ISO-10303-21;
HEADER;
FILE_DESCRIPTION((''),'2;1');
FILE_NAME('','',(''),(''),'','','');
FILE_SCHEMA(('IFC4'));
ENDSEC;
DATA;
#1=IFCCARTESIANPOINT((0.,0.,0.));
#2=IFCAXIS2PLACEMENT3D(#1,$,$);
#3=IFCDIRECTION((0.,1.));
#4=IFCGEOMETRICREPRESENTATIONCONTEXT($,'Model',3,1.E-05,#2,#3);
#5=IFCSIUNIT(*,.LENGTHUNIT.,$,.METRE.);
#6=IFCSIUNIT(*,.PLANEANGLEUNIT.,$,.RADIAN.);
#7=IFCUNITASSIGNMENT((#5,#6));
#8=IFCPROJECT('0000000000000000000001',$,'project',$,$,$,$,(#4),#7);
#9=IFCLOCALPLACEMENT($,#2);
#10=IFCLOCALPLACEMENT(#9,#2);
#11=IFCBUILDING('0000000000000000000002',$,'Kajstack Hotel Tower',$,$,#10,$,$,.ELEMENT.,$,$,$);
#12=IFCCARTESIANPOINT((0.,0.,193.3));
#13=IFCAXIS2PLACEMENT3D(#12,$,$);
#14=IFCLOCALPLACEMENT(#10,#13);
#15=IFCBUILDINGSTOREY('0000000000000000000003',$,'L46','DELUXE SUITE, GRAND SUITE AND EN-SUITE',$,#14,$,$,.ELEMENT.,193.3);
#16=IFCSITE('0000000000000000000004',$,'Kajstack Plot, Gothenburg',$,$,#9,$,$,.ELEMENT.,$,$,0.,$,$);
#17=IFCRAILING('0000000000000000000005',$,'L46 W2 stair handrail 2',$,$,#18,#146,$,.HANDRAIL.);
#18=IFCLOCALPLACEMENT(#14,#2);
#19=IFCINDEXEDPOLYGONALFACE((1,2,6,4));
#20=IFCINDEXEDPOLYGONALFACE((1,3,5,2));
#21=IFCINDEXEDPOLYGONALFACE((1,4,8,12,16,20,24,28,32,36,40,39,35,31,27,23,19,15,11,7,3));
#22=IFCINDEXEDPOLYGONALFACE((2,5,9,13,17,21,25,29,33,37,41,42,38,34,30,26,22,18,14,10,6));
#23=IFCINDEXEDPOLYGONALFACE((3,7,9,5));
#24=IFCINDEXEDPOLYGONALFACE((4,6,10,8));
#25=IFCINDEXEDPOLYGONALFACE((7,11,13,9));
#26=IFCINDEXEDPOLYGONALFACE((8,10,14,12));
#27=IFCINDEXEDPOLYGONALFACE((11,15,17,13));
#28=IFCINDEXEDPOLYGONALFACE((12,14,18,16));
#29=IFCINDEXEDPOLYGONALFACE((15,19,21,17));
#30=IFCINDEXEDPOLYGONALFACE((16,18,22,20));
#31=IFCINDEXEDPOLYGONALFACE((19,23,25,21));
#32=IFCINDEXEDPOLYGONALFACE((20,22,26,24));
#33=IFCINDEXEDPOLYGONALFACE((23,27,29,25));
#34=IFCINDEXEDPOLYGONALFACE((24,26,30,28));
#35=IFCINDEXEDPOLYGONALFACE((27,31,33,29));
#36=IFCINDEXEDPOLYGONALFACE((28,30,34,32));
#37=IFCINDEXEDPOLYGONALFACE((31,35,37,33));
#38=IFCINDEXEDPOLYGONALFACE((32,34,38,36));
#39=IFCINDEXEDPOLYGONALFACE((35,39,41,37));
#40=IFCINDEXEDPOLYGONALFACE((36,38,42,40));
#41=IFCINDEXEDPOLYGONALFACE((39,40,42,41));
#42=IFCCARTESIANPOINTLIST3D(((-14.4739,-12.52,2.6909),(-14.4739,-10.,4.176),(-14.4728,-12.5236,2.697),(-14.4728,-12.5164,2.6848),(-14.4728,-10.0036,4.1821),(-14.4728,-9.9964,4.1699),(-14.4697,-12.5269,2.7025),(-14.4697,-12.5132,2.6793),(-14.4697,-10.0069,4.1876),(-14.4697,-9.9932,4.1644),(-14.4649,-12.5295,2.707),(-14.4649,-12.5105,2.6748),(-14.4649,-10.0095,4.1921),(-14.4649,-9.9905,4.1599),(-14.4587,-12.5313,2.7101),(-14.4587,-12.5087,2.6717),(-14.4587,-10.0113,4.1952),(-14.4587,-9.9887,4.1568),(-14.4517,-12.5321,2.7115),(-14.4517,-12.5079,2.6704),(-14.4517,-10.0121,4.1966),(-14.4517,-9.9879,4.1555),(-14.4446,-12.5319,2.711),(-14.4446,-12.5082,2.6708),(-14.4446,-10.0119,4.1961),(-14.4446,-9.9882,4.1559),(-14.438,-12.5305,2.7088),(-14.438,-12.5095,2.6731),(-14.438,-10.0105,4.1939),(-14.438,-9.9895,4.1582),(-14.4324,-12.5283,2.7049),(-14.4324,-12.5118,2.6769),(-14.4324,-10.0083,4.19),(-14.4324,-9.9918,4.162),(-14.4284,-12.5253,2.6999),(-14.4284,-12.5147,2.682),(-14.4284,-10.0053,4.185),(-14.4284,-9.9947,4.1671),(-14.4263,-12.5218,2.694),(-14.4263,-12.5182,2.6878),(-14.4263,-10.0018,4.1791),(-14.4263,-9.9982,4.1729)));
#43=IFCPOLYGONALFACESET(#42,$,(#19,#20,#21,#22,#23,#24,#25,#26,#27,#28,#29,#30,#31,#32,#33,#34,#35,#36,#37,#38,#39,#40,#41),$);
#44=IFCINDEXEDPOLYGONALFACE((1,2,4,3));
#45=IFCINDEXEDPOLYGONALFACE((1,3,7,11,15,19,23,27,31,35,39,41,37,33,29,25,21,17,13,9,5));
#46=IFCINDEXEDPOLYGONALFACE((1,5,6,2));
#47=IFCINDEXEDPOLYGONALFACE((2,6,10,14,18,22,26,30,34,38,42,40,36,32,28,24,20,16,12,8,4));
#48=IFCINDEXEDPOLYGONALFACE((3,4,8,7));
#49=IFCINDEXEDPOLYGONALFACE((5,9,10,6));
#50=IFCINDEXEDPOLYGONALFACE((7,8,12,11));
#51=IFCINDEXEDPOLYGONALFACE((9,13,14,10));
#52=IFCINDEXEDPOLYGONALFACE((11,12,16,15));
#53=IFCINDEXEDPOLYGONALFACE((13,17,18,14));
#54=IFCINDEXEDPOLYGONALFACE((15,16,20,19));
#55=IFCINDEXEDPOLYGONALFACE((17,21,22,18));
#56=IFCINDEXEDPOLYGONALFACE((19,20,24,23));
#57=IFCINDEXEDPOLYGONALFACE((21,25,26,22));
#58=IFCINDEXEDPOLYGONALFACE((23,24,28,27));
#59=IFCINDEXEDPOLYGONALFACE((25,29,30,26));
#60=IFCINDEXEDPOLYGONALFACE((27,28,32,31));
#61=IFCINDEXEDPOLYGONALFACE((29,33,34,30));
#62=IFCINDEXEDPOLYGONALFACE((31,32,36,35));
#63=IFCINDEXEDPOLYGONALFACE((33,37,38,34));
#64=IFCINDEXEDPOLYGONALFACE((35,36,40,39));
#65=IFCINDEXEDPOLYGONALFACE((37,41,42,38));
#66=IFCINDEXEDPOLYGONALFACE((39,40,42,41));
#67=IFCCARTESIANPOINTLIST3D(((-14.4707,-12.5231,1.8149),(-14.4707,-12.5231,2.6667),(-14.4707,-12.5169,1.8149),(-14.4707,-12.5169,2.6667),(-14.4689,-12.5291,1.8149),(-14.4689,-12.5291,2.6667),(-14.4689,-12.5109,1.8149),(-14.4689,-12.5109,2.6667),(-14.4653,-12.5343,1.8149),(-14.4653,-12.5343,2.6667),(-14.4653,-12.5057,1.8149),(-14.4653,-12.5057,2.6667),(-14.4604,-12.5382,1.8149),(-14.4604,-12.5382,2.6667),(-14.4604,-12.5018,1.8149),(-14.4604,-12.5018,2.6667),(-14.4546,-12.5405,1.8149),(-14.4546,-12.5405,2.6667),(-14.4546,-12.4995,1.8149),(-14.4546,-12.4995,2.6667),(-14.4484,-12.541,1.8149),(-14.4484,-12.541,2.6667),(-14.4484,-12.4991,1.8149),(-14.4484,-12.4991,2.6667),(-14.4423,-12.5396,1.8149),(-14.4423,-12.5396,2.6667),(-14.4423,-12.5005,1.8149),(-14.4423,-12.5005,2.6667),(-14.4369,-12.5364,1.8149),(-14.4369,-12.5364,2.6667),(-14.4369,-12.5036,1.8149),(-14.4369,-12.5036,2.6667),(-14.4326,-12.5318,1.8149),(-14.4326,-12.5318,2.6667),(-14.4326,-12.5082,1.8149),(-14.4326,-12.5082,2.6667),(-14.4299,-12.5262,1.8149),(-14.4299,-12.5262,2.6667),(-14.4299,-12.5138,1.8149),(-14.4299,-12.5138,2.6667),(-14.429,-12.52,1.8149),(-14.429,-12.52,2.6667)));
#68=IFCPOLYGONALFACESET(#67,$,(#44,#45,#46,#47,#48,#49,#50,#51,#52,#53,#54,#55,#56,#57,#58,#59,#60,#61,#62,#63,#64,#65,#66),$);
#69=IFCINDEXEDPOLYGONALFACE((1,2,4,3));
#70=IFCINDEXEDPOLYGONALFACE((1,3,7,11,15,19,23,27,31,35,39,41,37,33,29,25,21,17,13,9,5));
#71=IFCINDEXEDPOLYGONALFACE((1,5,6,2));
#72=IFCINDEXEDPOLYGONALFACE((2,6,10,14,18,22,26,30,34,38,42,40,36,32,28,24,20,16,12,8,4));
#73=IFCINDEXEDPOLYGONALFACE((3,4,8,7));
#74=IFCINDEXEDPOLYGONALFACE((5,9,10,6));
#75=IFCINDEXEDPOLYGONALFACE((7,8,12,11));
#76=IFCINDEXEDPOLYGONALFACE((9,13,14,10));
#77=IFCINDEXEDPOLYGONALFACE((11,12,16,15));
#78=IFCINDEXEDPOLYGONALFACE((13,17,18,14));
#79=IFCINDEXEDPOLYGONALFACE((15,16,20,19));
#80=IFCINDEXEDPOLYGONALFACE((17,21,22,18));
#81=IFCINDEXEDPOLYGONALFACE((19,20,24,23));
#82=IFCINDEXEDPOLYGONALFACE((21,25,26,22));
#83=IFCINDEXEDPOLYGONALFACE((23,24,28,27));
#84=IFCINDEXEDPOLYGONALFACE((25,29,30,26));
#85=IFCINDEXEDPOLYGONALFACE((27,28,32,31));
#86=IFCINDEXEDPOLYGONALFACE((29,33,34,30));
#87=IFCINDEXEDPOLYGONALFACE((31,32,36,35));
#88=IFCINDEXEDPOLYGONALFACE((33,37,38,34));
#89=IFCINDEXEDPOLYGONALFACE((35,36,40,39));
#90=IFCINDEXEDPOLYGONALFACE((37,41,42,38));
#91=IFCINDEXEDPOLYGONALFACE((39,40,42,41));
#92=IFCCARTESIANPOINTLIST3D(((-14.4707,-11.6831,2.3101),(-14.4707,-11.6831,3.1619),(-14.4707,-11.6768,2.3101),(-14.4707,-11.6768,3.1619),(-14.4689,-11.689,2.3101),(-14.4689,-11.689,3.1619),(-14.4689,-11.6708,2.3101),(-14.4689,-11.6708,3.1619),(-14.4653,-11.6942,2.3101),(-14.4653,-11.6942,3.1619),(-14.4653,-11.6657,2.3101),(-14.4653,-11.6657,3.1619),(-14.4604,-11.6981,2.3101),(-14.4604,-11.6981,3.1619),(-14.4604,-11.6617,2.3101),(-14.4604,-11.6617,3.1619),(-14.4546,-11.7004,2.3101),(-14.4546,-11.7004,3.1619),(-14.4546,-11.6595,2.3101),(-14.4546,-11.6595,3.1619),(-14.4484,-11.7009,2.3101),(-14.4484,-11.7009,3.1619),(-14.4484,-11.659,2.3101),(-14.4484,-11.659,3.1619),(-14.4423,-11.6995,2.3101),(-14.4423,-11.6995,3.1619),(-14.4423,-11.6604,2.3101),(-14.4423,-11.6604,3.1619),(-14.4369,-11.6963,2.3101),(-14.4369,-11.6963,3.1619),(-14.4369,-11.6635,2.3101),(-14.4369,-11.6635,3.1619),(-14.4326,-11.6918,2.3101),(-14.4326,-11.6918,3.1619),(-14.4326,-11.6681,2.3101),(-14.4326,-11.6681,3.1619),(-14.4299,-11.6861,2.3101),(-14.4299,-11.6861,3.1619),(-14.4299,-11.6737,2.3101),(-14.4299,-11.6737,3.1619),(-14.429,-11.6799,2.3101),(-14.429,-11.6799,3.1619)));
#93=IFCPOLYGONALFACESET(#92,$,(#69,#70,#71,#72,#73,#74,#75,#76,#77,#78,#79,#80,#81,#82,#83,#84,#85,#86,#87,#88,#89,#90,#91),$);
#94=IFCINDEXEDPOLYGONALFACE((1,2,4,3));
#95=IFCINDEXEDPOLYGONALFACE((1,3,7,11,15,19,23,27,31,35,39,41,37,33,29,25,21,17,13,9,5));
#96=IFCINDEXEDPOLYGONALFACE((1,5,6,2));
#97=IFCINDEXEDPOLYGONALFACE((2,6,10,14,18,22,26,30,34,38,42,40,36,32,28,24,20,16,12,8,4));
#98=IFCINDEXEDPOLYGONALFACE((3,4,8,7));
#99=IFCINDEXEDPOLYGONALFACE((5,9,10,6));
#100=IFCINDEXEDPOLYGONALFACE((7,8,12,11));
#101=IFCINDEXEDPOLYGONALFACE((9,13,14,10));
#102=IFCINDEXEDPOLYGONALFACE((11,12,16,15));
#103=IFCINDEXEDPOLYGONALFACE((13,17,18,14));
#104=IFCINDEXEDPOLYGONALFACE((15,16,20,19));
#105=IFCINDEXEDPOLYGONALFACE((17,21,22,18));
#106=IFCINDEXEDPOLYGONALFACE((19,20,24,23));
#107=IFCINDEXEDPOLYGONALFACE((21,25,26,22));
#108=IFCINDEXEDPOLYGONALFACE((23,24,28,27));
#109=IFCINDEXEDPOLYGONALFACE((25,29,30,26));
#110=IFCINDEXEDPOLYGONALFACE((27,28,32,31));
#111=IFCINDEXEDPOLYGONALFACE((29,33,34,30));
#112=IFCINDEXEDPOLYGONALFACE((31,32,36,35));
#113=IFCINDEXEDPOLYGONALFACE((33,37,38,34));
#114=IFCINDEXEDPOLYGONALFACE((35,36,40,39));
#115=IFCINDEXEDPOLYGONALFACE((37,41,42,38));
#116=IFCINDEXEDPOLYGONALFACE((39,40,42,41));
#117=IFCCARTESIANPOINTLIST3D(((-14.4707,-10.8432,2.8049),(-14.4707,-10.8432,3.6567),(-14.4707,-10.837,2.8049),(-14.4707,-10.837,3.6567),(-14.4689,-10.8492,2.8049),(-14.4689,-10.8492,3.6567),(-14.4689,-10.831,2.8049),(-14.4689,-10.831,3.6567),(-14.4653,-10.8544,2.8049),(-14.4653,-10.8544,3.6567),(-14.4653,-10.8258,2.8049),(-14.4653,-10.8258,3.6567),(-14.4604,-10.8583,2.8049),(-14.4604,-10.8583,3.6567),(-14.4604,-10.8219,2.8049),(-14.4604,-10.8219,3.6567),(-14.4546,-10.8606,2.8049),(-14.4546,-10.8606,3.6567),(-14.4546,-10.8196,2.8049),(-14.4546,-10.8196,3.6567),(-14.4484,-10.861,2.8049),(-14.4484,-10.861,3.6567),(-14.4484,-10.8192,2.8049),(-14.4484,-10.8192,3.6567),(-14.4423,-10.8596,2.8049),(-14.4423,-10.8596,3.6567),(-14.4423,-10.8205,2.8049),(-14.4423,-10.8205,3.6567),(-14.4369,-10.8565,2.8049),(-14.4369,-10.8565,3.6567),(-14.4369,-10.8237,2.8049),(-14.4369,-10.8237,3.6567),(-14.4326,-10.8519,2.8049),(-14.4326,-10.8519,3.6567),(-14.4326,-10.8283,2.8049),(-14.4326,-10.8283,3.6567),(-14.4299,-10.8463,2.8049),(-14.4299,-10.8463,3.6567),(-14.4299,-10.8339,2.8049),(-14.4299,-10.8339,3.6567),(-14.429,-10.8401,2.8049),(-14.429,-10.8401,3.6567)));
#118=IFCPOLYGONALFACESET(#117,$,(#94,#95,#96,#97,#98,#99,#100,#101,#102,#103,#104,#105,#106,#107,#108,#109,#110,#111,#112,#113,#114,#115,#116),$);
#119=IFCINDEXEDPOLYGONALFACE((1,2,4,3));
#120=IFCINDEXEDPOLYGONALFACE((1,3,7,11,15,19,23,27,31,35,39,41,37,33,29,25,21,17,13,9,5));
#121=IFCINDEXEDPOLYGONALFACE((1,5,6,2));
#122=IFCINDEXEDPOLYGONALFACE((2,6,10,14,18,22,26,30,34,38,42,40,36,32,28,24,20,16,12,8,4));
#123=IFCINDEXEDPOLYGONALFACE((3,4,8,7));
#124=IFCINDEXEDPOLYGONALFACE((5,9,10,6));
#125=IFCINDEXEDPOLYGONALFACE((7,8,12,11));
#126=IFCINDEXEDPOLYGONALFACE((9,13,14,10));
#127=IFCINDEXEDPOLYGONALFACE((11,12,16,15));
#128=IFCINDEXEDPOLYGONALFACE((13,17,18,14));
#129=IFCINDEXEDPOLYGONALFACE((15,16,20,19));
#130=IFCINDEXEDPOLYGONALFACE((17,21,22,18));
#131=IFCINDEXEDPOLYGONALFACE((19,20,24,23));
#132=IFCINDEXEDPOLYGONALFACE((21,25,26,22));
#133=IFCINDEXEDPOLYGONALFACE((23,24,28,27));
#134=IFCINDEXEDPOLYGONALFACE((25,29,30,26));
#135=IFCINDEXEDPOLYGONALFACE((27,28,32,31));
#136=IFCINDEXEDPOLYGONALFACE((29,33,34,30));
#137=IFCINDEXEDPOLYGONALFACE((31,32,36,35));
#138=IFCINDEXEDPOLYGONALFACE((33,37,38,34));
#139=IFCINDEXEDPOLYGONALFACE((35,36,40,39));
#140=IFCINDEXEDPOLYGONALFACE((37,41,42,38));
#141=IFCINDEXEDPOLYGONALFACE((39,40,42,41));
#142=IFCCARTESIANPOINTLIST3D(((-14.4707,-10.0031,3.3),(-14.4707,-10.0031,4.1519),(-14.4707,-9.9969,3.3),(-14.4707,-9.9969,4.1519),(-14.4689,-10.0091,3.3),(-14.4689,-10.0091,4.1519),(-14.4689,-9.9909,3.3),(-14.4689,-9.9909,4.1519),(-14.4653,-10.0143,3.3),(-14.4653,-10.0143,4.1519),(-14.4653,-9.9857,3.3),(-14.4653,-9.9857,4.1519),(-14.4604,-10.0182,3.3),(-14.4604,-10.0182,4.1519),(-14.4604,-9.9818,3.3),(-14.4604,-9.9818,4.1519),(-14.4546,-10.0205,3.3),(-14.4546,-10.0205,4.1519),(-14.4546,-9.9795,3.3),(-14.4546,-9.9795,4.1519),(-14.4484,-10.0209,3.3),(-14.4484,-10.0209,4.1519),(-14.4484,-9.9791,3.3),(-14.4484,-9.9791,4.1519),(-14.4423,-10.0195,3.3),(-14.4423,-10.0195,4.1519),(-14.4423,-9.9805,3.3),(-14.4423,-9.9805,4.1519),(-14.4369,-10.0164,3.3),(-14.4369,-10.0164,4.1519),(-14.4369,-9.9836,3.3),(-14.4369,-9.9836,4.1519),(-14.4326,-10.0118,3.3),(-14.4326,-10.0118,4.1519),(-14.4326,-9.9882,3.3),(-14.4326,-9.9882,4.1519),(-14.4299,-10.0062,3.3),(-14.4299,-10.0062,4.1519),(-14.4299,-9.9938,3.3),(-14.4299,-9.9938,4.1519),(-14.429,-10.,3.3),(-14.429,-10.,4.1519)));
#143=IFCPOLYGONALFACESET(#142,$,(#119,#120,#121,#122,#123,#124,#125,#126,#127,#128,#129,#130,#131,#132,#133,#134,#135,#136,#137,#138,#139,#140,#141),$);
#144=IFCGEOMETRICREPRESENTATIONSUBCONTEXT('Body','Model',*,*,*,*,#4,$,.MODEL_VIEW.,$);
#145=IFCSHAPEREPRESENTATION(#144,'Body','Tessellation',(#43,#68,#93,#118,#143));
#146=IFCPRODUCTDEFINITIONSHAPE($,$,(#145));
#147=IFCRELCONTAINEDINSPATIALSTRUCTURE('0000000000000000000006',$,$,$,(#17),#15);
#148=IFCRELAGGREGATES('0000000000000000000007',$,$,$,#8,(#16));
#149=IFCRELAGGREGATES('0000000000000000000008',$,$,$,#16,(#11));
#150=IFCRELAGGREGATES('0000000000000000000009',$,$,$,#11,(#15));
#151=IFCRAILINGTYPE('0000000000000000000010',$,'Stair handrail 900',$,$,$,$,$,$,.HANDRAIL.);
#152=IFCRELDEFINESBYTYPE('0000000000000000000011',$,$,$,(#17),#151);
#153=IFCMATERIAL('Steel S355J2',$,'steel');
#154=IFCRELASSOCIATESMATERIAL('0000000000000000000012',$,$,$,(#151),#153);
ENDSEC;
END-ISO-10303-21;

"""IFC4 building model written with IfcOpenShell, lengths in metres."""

from ifc_helpers import new_model, si_unit, direction, frame, origin, origin_2d, place, context, subcontext, project, spatial, circle, extrude, material, type_object, element, save


model = new_model("IFC4")

# Units and contexts
model_context = context("Model", 3, precision=1e-05, world=origin(), true_north=direction((0.0, 1.0)))
body_context = subcontext(model_context, "Body", "Model", "MODEL_VIEW")
ifc_project = project(units=[si_unit("LENGTHUNIT", "METRE"), si_unit("PLANEANGLEUNIT", "RADIAN")], contexts=[model_context])

# Site, building, storey
site_placement = place(None, origin())
site = spatial("IfcSite", under=ifc_project, at=site_placement, Name="Kajstack Plot, Gothenburg", CompositionType="ELEMENT", RefElevation=0.0)
building_placement = place(site_placement, origin())
building = spatial("IfcBuilding", under=site, at=building_placement, Name="Kajstack Hotel Tower", CompositionType="ELEMENT")
storey_placement = place(building_placement, frame((0.0, 0.0, 193.3)))
storey = spatial("IfcBuildingStorey", under=building, at=storey_placement, Name="L46", Description="DELUXE SUITE, GRAND SUITE AND EN-SUITE", CompositionType="ELEMENT", Elevation=193.3)

# Railing
ifc_material_1 = material(Name="Steel S355J2", Category="steel")
railing_type_1 = type_object("IfcRailingType", Name="Stair handrail 900", PredefinedType="HANDRAIL", material=ifc_material_1)
railing_1_placement = place(storey_placement, frame((-14.45, -12.52, 1.8149)))
element("IfcRailing", 1, at=railing_1_placement, inside=storey, type_object=railing_type_1, Name="L46 W2 stair handrail 2", PredefinedType="HANDRAIL", context=body_context, shape_type="SweptSolid", body=[
    extrude(circle(Radius=0.0239, at=origin_2d()), frame((0.0, 0.0, 0.876), z_axis=(0.0, 0.861524, 0.507717), x_axis=(-1.0, 0.0, 0.0)), (0.0, 0.0, 1.0), 2.925),
    extrude(circle(Radius=0.021, at=origin_2d()), origin(), (0.0, 0.0, 1.0), 0.8518),
    extrude(circle(Radius=0.021, at=origin_2d()), frame((0.0, 0.8401, 0.4951)), (0.0, 0.0, 1.0), 0.8518),
    extrude(circle(Radius=0.021, at=origin_2d()), frame((0.0, 1.6799, 0.99)), (0.0, 0.0, 1.0), 0.8518),
    extrude(circle(Radius=0.021, at=origin_2d()), frame((0.0, 2.52, 1.4851)), (0.0, 0.0, 1.0), 0.8518),
])

save(model, "model.ifc")
